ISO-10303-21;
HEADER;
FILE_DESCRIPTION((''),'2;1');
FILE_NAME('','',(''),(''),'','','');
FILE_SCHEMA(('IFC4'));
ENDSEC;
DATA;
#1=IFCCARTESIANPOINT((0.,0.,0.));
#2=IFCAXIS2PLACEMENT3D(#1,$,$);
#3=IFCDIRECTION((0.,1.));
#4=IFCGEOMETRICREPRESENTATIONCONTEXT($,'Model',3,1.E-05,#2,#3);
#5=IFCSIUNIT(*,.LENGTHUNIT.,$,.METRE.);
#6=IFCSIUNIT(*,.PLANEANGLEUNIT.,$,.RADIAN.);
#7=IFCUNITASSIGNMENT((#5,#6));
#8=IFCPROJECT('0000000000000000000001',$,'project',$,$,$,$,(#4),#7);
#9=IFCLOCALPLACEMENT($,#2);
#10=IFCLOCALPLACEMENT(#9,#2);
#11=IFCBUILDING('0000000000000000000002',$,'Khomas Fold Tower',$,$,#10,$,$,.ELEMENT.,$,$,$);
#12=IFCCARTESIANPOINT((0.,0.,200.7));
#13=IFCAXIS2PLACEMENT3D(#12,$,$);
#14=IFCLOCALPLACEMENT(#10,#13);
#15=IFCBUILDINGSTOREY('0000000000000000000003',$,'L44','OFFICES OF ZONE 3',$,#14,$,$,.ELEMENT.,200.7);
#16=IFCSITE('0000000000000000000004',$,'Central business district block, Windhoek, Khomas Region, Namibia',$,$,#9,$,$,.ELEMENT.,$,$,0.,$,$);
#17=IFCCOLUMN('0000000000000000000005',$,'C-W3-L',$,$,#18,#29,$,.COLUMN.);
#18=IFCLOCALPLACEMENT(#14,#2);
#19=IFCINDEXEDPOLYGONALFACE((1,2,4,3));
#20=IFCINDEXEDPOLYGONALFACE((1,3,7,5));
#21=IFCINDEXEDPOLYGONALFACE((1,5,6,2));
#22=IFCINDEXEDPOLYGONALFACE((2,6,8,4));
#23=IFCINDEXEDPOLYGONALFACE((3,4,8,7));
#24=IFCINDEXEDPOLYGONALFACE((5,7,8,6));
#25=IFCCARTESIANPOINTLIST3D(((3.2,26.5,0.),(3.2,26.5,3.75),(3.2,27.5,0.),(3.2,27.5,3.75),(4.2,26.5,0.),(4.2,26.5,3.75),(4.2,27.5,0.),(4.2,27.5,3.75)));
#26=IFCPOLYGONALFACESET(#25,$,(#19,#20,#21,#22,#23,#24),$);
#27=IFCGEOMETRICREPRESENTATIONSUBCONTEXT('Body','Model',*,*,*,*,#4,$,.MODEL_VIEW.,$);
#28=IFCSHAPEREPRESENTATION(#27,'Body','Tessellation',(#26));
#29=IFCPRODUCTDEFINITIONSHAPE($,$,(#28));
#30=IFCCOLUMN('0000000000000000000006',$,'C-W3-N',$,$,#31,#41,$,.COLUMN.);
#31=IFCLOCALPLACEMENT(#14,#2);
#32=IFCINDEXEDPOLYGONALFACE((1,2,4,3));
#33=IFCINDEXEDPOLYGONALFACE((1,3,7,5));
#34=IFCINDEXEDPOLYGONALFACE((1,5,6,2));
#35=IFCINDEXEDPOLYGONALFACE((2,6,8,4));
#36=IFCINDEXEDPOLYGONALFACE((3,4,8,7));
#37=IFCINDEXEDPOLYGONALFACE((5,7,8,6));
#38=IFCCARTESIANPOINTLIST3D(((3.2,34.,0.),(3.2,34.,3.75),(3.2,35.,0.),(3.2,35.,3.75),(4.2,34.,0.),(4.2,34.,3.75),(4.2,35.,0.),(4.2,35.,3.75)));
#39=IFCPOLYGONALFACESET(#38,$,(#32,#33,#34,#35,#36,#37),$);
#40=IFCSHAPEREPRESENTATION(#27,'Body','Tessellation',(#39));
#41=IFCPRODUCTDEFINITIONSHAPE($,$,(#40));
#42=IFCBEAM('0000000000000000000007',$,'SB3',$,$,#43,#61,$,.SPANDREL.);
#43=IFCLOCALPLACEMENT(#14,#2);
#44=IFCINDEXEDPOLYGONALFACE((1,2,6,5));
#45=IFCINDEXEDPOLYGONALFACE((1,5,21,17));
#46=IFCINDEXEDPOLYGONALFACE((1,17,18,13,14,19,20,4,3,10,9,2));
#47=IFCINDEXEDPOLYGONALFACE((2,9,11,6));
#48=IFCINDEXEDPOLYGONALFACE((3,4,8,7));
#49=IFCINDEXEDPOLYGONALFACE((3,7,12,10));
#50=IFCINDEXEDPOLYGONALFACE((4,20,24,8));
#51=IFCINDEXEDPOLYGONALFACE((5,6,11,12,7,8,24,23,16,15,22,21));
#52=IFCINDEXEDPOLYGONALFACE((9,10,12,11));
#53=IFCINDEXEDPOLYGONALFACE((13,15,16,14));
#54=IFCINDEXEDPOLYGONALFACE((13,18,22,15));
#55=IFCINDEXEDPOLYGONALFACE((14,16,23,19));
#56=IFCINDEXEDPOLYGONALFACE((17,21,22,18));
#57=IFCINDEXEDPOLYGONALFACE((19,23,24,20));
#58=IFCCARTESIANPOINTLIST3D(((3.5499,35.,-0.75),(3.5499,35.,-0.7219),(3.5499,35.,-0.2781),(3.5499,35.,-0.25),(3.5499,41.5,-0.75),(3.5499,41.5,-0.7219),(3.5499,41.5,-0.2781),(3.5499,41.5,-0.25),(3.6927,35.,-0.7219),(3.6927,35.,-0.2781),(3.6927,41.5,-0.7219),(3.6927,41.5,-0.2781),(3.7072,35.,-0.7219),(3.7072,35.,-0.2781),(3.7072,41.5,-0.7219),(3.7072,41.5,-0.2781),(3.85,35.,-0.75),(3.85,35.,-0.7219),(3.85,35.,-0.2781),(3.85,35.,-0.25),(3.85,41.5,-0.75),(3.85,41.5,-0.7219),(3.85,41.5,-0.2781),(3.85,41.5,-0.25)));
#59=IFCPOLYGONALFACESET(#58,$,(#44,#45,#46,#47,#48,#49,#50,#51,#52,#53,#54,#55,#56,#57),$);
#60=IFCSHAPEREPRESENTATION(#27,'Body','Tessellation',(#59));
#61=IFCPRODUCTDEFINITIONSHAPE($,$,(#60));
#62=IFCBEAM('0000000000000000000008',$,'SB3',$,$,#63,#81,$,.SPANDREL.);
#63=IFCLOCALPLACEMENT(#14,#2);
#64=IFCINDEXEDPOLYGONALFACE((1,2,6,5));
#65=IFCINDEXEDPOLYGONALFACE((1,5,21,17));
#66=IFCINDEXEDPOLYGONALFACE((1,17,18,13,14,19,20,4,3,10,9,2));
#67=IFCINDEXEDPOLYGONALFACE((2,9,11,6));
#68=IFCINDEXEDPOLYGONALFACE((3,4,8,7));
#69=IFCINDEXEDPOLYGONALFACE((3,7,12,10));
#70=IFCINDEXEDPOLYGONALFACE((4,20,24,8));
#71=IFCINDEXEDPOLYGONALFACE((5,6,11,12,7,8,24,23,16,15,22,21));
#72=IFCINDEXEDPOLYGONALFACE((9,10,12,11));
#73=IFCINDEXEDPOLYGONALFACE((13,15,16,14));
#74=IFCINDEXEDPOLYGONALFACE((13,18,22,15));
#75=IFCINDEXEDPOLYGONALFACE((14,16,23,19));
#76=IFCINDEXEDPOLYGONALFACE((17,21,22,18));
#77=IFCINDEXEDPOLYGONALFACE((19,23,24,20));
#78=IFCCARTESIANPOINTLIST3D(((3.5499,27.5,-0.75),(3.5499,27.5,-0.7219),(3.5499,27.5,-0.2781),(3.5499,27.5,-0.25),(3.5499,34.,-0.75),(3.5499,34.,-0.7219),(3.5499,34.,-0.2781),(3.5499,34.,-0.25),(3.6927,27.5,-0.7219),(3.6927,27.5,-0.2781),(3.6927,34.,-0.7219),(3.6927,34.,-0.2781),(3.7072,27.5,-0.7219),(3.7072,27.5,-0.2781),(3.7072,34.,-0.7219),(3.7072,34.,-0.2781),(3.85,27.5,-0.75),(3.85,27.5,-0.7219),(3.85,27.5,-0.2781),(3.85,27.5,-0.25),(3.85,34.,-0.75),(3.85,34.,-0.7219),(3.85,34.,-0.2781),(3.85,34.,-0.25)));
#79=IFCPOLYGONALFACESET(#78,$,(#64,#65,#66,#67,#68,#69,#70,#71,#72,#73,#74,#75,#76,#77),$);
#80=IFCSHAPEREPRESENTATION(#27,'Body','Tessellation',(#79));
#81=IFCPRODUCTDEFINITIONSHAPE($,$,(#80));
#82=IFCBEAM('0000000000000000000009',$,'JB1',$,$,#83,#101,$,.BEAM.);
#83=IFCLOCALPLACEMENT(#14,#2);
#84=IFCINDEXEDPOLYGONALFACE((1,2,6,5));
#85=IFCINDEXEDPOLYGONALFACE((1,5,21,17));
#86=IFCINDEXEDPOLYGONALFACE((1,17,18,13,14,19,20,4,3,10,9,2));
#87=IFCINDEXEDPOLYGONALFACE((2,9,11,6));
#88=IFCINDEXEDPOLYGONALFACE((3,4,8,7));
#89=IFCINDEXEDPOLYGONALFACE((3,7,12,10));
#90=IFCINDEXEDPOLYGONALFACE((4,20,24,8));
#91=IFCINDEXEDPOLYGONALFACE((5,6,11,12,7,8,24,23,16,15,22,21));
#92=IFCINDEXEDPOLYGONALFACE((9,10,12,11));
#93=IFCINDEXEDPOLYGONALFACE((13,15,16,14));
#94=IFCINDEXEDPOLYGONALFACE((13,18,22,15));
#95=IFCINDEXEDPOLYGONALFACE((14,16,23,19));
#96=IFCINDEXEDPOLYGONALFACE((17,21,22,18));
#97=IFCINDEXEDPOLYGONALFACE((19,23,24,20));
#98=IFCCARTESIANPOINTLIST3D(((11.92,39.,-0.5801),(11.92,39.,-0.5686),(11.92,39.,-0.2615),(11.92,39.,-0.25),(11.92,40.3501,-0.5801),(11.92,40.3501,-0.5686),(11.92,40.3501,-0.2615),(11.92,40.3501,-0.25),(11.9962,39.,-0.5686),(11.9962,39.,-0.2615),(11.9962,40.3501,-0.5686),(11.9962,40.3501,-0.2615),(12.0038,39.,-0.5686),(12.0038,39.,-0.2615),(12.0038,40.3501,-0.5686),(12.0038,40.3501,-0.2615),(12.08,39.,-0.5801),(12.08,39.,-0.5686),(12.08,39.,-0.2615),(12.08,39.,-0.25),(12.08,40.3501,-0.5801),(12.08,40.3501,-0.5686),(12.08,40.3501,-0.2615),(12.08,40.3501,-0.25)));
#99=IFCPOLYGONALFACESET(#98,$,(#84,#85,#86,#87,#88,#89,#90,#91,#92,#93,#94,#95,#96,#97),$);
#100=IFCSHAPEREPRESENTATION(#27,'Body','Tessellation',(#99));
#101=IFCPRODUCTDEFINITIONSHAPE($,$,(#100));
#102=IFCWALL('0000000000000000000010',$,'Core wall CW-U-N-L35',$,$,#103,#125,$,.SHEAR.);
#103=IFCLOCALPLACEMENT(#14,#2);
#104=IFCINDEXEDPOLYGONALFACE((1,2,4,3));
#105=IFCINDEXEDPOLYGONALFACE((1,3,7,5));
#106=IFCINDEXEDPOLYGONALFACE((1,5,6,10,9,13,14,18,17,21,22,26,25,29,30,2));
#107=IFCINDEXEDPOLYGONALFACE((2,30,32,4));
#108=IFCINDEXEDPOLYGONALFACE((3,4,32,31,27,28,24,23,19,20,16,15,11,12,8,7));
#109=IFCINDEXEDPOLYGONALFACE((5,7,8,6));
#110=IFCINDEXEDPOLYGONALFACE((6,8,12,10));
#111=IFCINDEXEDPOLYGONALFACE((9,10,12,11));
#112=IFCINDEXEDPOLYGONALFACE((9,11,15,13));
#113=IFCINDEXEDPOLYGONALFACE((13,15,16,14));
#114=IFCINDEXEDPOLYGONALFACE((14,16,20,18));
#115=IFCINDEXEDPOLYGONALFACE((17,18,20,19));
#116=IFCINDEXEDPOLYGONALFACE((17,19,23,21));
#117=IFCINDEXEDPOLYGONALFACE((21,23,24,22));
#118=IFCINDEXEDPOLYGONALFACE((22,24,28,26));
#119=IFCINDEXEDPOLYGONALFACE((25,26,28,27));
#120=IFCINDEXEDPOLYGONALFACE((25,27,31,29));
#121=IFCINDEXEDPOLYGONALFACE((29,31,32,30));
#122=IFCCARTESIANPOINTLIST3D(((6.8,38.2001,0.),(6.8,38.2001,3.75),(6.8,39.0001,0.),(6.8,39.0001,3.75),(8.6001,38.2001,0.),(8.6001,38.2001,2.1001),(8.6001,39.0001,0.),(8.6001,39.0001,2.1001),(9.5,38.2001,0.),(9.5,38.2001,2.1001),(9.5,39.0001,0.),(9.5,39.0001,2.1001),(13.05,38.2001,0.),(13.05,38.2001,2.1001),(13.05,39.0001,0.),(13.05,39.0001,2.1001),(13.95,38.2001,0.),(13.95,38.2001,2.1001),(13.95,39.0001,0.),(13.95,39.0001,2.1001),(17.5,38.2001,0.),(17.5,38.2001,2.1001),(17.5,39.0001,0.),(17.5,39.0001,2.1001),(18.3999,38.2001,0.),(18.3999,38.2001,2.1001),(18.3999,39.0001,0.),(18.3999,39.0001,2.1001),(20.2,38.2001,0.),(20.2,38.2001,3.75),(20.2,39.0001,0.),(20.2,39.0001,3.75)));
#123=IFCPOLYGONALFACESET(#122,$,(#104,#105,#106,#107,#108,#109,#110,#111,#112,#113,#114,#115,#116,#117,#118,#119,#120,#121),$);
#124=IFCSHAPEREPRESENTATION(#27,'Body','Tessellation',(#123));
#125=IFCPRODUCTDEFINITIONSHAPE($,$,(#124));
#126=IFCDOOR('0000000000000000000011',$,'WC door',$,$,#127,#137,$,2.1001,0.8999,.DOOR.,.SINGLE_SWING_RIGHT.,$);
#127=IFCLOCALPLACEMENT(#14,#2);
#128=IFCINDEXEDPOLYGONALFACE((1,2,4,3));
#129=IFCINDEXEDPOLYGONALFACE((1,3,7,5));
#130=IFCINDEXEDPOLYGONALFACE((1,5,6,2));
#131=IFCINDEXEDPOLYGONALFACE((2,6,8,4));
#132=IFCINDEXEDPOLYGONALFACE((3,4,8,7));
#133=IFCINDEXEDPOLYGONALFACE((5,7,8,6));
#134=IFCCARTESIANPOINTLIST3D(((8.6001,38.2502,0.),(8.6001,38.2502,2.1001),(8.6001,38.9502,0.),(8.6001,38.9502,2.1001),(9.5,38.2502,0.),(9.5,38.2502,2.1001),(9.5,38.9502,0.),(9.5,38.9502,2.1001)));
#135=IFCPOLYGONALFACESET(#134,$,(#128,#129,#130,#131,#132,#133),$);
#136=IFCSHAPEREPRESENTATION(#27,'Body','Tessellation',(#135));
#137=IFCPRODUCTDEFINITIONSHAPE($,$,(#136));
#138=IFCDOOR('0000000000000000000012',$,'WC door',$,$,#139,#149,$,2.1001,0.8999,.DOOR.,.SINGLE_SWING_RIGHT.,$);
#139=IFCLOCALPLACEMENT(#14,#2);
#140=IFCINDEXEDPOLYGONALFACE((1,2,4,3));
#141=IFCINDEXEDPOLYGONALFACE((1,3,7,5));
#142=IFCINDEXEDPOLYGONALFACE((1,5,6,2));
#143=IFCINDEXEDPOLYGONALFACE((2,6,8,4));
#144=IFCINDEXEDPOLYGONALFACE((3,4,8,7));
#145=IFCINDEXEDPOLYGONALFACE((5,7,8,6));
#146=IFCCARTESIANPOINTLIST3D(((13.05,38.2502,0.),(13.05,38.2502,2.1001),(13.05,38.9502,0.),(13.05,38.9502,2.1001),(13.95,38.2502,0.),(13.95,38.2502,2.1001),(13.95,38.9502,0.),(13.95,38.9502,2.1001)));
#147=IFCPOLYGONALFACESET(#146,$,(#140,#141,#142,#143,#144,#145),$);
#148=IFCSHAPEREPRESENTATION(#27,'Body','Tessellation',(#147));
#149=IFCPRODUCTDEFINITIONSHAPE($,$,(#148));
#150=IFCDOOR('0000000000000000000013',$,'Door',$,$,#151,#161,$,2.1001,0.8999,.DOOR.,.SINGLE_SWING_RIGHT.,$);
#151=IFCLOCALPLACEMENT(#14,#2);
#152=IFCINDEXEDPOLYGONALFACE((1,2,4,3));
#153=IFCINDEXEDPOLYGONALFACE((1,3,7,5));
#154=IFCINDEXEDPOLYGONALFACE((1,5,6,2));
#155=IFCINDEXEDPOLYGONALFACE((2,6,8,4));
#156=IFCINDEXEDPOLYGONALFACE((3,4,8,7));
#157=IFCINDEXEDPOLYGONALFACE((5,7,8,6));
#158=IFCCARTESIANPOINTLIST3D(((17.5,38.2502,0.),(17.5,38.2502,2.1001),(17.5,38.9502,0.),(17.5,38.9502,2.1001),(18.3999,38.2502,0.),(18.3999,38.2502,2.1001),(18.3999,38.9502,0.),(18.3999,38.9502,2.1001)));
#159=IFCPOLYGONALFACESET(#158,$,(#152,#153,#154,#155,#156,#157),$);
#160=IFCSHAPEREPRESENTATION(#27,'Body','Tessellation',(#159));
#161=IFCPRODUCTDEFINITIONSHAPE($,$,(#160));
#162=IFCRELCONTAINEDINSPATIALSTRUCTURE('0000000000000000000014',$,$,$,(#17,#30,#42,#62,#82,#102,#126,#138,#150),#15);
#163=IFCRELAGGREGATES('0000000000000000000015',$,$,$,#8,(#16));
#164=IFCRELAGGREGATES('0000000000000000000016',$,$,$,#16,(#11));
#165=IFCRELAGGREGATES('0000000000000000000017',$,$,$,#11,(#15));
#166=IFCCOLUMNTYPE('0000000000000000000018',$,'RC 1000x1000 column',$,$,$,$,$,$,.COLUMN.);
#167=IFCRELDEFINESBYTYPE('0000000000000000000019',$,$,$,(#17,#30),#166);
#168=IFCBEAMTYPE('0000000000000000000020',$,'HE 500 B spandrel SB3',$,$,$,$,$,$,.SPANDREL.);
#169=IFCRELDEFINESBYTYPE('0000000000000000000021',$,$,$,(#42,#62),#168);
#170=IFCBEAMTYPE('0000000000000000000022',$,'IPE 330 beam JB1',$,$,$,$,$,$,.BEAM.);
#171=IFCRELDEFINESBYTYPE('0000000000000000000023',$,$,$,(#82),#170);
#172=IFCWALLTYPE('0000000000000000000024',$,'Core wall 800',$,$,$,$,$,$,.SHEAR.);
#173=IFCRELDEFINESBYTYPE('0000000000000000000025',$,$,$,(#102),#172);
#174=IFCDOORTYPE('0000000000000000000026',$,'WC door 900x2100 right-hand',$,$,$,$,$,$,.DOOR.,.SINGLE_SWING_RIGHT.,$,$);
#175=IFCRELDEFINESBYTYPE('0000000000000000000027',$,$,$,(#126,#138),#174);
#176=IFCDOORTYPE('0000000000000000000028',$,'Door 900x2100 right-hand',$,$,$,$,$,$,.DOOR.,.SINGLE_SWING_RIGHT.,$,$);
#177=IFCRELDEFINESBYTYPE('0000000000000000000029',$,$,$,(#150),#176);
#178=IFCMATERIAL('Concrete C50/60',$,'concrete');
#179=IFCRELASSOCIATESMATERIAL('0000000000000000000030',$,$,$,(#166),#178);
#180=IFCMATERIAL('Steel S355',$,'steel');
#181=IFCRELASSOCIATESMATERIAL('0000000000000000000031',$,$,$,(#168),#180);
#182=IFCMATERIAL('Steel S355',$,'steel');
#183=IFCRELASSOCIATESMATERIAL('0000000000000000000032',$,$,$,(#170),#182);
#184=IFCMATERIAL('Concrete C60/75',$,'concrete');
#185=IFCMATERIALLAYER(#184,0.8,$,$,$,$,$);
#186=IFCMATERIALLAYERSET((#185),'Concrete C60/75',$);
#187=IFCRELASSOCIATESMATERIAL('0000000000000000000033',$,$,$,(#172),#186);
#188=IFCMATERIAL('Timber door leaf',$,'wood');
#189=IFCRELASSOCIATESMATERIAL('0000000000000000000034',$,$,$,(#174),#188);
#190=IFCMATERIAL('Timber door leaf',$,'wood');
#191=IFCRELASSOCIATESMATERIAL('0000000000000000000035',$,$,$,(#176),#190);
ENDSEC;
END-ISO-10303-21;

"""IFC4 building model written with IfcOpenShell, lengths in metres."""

from ifc_helpers import new_model, si_unit, direction, frame, frame_2d, origin, origin_2d, place, context, subcontext, project, spatial, rectangle, i_section, extrude, source, transform, mapped, material, layer, layer_set, material_profile, profile_set, type_object, element, fill, save


model = new_model("IFC4")

# Units and contexts
model_context = context("Model", 3, precision=1e-05, world=origin(), true_north=direction((0.0, 1.0)))
body_context = subcontext(model_context, "Body", "Model", "MODEL_VIEW")
ifc_project = project(units=[si_unit("LENGTHUNIT", "METRE"), si_unit("PLANEANGLEUNIT", "RADIAN")], contexts=[model_context])

# Site, building, storey
site_placement = place(None, origin())
site = spatial("IfcSite", under=ifc_project, at=site_placement, Name="Central business district block, Windhoek, Khomas Region, Namibia", CompositionType="ELEMENT", RefElevation=0.0)
building_placement = place(site_placement, origin())
building = spatial("IfcBuilding", under=site, at=building_placement, Name="Khomas Fold Tower", CompositionType="ELEMENT")
storey_placement = place(building_placement, frame((0.0, 0.0, 200.7)))
storey = spatial("IfcBuildingStorey", under=building, at=storey_placement, Name="L44", Description="OFFICES OF ZONE 3", CompositionType="ELEMENT", Elevation=200.7)

# Columns
ifc_material_1 = material(Name="Concrete C50/60", Category="concrete")
ifc_material_profile_1 = material_profile(ifc_material_1, rectangle(XDim=1.0, YDim=1.0, at=origin_2d()), Name="RC 1000x1000")
ifc_profile_set_1 = profile_set([ifc_material_profile_1], Name="Concrete C50/60")
column_type = type_object("IfcColumnType", Name="RC 1000x1000 column", PredefinedType="COLUMN", material=ifc_profile_set_1)
shared_shape_1 = source(origin(), body_context, "Body", "SweptSolid", [
    extrude(rectangle(XDim=1.0, YDim=1.0, at=origin_2d()), origin(), (0.0, 0.0, 1.0), 3.75),
])
for number, where, z_axis, x_axis, name in (
    (1, (3.7, 27.0, 0.0), (0.0, 0.0, 1.0), (1.0, 0.0, 0.0), "C-W3-L"),
    (2, (3.7, 34.5, 0.0), (0.0, 0.0, 1.0), (1.0, 0.0, 0.0), "C-W3-N"),
):
    element("IfcColumn", number, at=place(storey_placement, frame(where, z_axis=z_axis, x_axis=x_axis)), inside=storey, type_object=column_type, Name=name, PredefinedType="COLUMN", context=body_context, shape_type="MappedRepresentation", body=[
        mapped(shared_shape_1, transform((0.0, 0.0, 0.0))),
    ])

# Beams
ifc_material_2 = material(Name="Steel S355", Category="steel")
ifc_material_profile_2 = material_profile(ifc_material_2, i_section(OverallWidth=0.3, OverallDepth=0.5, WebThickness=0.0144, FlangeThickness=0.0281, at=origin_2d()), Name="HE 500 B")
ifc_profile_set_2 = profile_set([ifc_material_profile_2], Name="Steel S355")
beam_type_1 = type_object("IfcBeamType", Name="HE 500 B spandrel SB3", PredefinedType="SPANDREL", material=ifc_profile_set_2)
shared_shape_2 = source(origin(), body_context, "Body", "SweptSolid", [
    extrude(i_section(OverallWidth=0.3, OverallDepth=0.5, WebThickness=0.0144, FlangeThickness=0.0281, at=origin_2d()), origin(), (0.0, 0.0, 1.0), 6.5),
])
for number, where, z_axis, x_axis, name in (
    (3, (3.7, 35.0, -0.5), (0.0, 1.0, 0.0), (-1.0, 0.0, 0.0), "SB3"),
    (4, (3.7, 27.5, -0.5), (0.0, 1.0, 0.0), (-1.0, 0.0, 0.0), "SB3"),
):
    element("IfcBeam", number, at=place(storey_placement, frame(where, z_axis=z_axis, x_axis=x_axis)), inside=storey, type_object=beam_type_1, Name=name, PredefinedType="SPANDREL", context=body_context, shape_type="MappedRepresentation", body=[
        mapped(shared_shape_2, transform((0.0, 0.0, 0.0))),
    ])
ifc_material_3 = material(Name="Steel S355", Category="steel")
ifc_material_profile_3 = material_profile(ifc_material_3, i_section(OverallWidth=0.1599, OverallDepth=0.3301, WebThickness=0.0076, FlangeThickness=0.0115, at=origin_2d()), Name="IPE 330")
ifc_profile_set_3 = profile_set([ifc_material_profile_3], Name="Steel S355")
beam_type_2 = type_object("IfcBeamType", Name="IPE 330 beam JB1", PredefinedType="BEAM", material=ifc_profile_set_3)
shared_shape_3 = source(origin(), body_context, "Body", "SweptSolid", [
    extrude(i_section(OverallWidth=0.1599, OverallDepth=0.3301, WebThickness=0.0076, FlangeThickness=0.0115, at=origin_2d()), origin(), (0.0, 0.0, 1.0), 1.3501),
])
beam_placement = place(storey_placement, frame((12.0, 39.0, -0.415), z_axis=(0.0, 1.0, 0.0), x_axis=(-1.0, 0.0, 0.0)))
element("IfcBeam", 5, at=beam_placement, inside=storey, type_object=beam_type_2, Name="JB1", PredefinedType="BEAM", context=body_context, shape_type="MappedRepresentation", body=[
    mapped(shared_shape_3, transform((0.0, 0.0, 0.0))),
])

# Wall, openings, doors
ifc_material_4 = material(Name="Concrete C60/75", Category="concrete")
ifc_layer_1 = layer(ifc_material_4, 0.8)
ifc_layer_set_1 = layer_set([ifc_layer_1], Name="Concrete C60/75")
wall_type_1 = type_object("IfcWallType", Name="Core wall 800", PredefinedType="SHEAR", material=ifc_layer_set_1)
shared_shape_4 = source(origin(), body_context, "Body", "SweptSolid", [
    extrude(rectangle(XDim=13.3999, YDim=0.8, at=frame_2d((6.7, 0.0))), origin(), (0.0, 0.0, 1.0), 3.75),
])
wall_1_placement = place(storey_placement, frame((6.8, 38.6001, 0.0), z_axis=(0.0, 0.0, 1.0), x_axis=(1.0, 0.0, 0.0)))
wall_1 = element("IfcWall", 6, at=wall_1_placement, inside=storey, type_object=wall_type_1, Name="Core wall CW-U-N-L35", PredefinedType="SHEAR", context=body_context, shape_type="MappedRepresentation", body=[
    mapped(shared_shape_4, transform((0.0, 0.0, 0.0))),
])
shared_shape_5 = source(origin(), body_context, "Body", "SweptSolid", [
    extrude(rectangle(XDim=0.8999, YDim=2.1001, at=frame_2d((0.45, 1.05))), frame((0.0, 0.4099, 0.0), z_axis=(0.0, -1.0, 0.0), x_axis=(1.0, 0.0, 0.0)), (0.0, 0.0, 1.0), 0.8201),
])
opening_1_placement = place(wall_1_placement, frame((1.8, 0.0, 0.0)))
opening_1 = element("IfcOpeningElement", 7, at=opening_1_placement, cuts=wall_1, PredefinedType="OPENING", context=body_context, shape_type="MappedRepresentation", body=[
    mapped(shared_shape_5, transform((0.0, 0.0, 0.0))),
])
opening_2_placement = place(wall_1_placement, frame((6.25, 0.0, 0.0)))
opening_2 = element("IfcOpeningElement", 8, at=opening_2_placement, cuts=wall_1, PredefinedType="OPENING", context=body_context, shape_type="MappedRepresentation", body=[
    mapped(shared_shape_5, transform((0.0, 0.0, 0.0))),
])
opening_3_placement = place(wall_1_placement, frame((10.7, 0.0, 0.0)))
opening_3 = element("IfcOpeningElement", 9, at=opening_3_placement, cuts=wall_1, PredefinedType="OPENING", context=body_context, shape_type="MappedRepresentation", body=[
    mapped(shared_shape_5, transform((0.0, 0.0, 0.0))),
])
ifc_material_5 = material(Name="Timber door leaf", Category="wood")
door_type_1 = type_object("IfcDoorType", Name="WC door 900x2100 right-hand", OperationType="SINGLE_SWING_RIGHT", PredefinedType="DOOR", material=ifc_material_5)
shared_shape_6 = source(origin(), body_context, "Body", "SweptSolid", [
    extrude(rectangle(XDim=0.8999, YDim=2.1001, at=frame_2d((0.45, 1.05))), frame((0.0, 0.3501, 0.0), z_axis=(0.0, -1.0, 0.0), x_axis=(1.0, 0.0, 0.0)), (0.0, 0.0, 1.0), 0.7),
])
door_1_placement = place(opening_1_placement, origin())
door_1 = element("IfcDoor", 10, at=door_1_placement, inside=storey, type_object=door_type_1, Name="WC door", OperationType="SINGLE_SWING_RIGHT", OverallHeight=2.1001, OverallWidth=0.8999, PredefinedType="DOOR", context=body_context, shape_type="MappedRepresentation", body=[
    mapped(shared_shape_6, transform((0.0, 0.0, 0.0))),
])
fill(opening_1, door_1)
door_2_placement = place(opening_2_placement, origin())
door_2 = element("IfcDoor", 11, at=door_2_placement, inside=storey, type_object=door_type_1, Name="WC door", OperationType="SINGLE_SWING_RIGHT", OverallHeight=2.1001, OverallWidth=0.8999, PredefinedType="DOOR", context=body_context, shape_type="MappedRepresentation", body=[
    mapped(shared_shape_6, transform((0.0, 0.0, 0.0))),
])
fill(opening_2, door_2)
ifc_material_6 = material(Name="Timber door leaf", Category="wood")
door_type_2 = type_object("IfcDoorType", Name="Door 900x2100 right-hand", OperationType="SINGLE_SWING_RIGHT", PredefinedType="DOOR", material=ifc_material_6)
door_3_placement = place(opening_3_placement, origin())
door_3 = element("IfcDoor", 12, at=door_3_placement, inside=storey, type_object=door_type_2, Name="Door", OperationType="SINGLE_SWING_RIGHT", OverallHeight=2.1001, OverallWidth=0.8999, PredefinedType="DOOR", context=body_context, shape_type="MappedRepresentation", body=[
    mapped(shared_shape_6, transform((0.0, 0.0, 0.0))),
])
fill(opening_3, door_3)

save(model, "model.ifc")
